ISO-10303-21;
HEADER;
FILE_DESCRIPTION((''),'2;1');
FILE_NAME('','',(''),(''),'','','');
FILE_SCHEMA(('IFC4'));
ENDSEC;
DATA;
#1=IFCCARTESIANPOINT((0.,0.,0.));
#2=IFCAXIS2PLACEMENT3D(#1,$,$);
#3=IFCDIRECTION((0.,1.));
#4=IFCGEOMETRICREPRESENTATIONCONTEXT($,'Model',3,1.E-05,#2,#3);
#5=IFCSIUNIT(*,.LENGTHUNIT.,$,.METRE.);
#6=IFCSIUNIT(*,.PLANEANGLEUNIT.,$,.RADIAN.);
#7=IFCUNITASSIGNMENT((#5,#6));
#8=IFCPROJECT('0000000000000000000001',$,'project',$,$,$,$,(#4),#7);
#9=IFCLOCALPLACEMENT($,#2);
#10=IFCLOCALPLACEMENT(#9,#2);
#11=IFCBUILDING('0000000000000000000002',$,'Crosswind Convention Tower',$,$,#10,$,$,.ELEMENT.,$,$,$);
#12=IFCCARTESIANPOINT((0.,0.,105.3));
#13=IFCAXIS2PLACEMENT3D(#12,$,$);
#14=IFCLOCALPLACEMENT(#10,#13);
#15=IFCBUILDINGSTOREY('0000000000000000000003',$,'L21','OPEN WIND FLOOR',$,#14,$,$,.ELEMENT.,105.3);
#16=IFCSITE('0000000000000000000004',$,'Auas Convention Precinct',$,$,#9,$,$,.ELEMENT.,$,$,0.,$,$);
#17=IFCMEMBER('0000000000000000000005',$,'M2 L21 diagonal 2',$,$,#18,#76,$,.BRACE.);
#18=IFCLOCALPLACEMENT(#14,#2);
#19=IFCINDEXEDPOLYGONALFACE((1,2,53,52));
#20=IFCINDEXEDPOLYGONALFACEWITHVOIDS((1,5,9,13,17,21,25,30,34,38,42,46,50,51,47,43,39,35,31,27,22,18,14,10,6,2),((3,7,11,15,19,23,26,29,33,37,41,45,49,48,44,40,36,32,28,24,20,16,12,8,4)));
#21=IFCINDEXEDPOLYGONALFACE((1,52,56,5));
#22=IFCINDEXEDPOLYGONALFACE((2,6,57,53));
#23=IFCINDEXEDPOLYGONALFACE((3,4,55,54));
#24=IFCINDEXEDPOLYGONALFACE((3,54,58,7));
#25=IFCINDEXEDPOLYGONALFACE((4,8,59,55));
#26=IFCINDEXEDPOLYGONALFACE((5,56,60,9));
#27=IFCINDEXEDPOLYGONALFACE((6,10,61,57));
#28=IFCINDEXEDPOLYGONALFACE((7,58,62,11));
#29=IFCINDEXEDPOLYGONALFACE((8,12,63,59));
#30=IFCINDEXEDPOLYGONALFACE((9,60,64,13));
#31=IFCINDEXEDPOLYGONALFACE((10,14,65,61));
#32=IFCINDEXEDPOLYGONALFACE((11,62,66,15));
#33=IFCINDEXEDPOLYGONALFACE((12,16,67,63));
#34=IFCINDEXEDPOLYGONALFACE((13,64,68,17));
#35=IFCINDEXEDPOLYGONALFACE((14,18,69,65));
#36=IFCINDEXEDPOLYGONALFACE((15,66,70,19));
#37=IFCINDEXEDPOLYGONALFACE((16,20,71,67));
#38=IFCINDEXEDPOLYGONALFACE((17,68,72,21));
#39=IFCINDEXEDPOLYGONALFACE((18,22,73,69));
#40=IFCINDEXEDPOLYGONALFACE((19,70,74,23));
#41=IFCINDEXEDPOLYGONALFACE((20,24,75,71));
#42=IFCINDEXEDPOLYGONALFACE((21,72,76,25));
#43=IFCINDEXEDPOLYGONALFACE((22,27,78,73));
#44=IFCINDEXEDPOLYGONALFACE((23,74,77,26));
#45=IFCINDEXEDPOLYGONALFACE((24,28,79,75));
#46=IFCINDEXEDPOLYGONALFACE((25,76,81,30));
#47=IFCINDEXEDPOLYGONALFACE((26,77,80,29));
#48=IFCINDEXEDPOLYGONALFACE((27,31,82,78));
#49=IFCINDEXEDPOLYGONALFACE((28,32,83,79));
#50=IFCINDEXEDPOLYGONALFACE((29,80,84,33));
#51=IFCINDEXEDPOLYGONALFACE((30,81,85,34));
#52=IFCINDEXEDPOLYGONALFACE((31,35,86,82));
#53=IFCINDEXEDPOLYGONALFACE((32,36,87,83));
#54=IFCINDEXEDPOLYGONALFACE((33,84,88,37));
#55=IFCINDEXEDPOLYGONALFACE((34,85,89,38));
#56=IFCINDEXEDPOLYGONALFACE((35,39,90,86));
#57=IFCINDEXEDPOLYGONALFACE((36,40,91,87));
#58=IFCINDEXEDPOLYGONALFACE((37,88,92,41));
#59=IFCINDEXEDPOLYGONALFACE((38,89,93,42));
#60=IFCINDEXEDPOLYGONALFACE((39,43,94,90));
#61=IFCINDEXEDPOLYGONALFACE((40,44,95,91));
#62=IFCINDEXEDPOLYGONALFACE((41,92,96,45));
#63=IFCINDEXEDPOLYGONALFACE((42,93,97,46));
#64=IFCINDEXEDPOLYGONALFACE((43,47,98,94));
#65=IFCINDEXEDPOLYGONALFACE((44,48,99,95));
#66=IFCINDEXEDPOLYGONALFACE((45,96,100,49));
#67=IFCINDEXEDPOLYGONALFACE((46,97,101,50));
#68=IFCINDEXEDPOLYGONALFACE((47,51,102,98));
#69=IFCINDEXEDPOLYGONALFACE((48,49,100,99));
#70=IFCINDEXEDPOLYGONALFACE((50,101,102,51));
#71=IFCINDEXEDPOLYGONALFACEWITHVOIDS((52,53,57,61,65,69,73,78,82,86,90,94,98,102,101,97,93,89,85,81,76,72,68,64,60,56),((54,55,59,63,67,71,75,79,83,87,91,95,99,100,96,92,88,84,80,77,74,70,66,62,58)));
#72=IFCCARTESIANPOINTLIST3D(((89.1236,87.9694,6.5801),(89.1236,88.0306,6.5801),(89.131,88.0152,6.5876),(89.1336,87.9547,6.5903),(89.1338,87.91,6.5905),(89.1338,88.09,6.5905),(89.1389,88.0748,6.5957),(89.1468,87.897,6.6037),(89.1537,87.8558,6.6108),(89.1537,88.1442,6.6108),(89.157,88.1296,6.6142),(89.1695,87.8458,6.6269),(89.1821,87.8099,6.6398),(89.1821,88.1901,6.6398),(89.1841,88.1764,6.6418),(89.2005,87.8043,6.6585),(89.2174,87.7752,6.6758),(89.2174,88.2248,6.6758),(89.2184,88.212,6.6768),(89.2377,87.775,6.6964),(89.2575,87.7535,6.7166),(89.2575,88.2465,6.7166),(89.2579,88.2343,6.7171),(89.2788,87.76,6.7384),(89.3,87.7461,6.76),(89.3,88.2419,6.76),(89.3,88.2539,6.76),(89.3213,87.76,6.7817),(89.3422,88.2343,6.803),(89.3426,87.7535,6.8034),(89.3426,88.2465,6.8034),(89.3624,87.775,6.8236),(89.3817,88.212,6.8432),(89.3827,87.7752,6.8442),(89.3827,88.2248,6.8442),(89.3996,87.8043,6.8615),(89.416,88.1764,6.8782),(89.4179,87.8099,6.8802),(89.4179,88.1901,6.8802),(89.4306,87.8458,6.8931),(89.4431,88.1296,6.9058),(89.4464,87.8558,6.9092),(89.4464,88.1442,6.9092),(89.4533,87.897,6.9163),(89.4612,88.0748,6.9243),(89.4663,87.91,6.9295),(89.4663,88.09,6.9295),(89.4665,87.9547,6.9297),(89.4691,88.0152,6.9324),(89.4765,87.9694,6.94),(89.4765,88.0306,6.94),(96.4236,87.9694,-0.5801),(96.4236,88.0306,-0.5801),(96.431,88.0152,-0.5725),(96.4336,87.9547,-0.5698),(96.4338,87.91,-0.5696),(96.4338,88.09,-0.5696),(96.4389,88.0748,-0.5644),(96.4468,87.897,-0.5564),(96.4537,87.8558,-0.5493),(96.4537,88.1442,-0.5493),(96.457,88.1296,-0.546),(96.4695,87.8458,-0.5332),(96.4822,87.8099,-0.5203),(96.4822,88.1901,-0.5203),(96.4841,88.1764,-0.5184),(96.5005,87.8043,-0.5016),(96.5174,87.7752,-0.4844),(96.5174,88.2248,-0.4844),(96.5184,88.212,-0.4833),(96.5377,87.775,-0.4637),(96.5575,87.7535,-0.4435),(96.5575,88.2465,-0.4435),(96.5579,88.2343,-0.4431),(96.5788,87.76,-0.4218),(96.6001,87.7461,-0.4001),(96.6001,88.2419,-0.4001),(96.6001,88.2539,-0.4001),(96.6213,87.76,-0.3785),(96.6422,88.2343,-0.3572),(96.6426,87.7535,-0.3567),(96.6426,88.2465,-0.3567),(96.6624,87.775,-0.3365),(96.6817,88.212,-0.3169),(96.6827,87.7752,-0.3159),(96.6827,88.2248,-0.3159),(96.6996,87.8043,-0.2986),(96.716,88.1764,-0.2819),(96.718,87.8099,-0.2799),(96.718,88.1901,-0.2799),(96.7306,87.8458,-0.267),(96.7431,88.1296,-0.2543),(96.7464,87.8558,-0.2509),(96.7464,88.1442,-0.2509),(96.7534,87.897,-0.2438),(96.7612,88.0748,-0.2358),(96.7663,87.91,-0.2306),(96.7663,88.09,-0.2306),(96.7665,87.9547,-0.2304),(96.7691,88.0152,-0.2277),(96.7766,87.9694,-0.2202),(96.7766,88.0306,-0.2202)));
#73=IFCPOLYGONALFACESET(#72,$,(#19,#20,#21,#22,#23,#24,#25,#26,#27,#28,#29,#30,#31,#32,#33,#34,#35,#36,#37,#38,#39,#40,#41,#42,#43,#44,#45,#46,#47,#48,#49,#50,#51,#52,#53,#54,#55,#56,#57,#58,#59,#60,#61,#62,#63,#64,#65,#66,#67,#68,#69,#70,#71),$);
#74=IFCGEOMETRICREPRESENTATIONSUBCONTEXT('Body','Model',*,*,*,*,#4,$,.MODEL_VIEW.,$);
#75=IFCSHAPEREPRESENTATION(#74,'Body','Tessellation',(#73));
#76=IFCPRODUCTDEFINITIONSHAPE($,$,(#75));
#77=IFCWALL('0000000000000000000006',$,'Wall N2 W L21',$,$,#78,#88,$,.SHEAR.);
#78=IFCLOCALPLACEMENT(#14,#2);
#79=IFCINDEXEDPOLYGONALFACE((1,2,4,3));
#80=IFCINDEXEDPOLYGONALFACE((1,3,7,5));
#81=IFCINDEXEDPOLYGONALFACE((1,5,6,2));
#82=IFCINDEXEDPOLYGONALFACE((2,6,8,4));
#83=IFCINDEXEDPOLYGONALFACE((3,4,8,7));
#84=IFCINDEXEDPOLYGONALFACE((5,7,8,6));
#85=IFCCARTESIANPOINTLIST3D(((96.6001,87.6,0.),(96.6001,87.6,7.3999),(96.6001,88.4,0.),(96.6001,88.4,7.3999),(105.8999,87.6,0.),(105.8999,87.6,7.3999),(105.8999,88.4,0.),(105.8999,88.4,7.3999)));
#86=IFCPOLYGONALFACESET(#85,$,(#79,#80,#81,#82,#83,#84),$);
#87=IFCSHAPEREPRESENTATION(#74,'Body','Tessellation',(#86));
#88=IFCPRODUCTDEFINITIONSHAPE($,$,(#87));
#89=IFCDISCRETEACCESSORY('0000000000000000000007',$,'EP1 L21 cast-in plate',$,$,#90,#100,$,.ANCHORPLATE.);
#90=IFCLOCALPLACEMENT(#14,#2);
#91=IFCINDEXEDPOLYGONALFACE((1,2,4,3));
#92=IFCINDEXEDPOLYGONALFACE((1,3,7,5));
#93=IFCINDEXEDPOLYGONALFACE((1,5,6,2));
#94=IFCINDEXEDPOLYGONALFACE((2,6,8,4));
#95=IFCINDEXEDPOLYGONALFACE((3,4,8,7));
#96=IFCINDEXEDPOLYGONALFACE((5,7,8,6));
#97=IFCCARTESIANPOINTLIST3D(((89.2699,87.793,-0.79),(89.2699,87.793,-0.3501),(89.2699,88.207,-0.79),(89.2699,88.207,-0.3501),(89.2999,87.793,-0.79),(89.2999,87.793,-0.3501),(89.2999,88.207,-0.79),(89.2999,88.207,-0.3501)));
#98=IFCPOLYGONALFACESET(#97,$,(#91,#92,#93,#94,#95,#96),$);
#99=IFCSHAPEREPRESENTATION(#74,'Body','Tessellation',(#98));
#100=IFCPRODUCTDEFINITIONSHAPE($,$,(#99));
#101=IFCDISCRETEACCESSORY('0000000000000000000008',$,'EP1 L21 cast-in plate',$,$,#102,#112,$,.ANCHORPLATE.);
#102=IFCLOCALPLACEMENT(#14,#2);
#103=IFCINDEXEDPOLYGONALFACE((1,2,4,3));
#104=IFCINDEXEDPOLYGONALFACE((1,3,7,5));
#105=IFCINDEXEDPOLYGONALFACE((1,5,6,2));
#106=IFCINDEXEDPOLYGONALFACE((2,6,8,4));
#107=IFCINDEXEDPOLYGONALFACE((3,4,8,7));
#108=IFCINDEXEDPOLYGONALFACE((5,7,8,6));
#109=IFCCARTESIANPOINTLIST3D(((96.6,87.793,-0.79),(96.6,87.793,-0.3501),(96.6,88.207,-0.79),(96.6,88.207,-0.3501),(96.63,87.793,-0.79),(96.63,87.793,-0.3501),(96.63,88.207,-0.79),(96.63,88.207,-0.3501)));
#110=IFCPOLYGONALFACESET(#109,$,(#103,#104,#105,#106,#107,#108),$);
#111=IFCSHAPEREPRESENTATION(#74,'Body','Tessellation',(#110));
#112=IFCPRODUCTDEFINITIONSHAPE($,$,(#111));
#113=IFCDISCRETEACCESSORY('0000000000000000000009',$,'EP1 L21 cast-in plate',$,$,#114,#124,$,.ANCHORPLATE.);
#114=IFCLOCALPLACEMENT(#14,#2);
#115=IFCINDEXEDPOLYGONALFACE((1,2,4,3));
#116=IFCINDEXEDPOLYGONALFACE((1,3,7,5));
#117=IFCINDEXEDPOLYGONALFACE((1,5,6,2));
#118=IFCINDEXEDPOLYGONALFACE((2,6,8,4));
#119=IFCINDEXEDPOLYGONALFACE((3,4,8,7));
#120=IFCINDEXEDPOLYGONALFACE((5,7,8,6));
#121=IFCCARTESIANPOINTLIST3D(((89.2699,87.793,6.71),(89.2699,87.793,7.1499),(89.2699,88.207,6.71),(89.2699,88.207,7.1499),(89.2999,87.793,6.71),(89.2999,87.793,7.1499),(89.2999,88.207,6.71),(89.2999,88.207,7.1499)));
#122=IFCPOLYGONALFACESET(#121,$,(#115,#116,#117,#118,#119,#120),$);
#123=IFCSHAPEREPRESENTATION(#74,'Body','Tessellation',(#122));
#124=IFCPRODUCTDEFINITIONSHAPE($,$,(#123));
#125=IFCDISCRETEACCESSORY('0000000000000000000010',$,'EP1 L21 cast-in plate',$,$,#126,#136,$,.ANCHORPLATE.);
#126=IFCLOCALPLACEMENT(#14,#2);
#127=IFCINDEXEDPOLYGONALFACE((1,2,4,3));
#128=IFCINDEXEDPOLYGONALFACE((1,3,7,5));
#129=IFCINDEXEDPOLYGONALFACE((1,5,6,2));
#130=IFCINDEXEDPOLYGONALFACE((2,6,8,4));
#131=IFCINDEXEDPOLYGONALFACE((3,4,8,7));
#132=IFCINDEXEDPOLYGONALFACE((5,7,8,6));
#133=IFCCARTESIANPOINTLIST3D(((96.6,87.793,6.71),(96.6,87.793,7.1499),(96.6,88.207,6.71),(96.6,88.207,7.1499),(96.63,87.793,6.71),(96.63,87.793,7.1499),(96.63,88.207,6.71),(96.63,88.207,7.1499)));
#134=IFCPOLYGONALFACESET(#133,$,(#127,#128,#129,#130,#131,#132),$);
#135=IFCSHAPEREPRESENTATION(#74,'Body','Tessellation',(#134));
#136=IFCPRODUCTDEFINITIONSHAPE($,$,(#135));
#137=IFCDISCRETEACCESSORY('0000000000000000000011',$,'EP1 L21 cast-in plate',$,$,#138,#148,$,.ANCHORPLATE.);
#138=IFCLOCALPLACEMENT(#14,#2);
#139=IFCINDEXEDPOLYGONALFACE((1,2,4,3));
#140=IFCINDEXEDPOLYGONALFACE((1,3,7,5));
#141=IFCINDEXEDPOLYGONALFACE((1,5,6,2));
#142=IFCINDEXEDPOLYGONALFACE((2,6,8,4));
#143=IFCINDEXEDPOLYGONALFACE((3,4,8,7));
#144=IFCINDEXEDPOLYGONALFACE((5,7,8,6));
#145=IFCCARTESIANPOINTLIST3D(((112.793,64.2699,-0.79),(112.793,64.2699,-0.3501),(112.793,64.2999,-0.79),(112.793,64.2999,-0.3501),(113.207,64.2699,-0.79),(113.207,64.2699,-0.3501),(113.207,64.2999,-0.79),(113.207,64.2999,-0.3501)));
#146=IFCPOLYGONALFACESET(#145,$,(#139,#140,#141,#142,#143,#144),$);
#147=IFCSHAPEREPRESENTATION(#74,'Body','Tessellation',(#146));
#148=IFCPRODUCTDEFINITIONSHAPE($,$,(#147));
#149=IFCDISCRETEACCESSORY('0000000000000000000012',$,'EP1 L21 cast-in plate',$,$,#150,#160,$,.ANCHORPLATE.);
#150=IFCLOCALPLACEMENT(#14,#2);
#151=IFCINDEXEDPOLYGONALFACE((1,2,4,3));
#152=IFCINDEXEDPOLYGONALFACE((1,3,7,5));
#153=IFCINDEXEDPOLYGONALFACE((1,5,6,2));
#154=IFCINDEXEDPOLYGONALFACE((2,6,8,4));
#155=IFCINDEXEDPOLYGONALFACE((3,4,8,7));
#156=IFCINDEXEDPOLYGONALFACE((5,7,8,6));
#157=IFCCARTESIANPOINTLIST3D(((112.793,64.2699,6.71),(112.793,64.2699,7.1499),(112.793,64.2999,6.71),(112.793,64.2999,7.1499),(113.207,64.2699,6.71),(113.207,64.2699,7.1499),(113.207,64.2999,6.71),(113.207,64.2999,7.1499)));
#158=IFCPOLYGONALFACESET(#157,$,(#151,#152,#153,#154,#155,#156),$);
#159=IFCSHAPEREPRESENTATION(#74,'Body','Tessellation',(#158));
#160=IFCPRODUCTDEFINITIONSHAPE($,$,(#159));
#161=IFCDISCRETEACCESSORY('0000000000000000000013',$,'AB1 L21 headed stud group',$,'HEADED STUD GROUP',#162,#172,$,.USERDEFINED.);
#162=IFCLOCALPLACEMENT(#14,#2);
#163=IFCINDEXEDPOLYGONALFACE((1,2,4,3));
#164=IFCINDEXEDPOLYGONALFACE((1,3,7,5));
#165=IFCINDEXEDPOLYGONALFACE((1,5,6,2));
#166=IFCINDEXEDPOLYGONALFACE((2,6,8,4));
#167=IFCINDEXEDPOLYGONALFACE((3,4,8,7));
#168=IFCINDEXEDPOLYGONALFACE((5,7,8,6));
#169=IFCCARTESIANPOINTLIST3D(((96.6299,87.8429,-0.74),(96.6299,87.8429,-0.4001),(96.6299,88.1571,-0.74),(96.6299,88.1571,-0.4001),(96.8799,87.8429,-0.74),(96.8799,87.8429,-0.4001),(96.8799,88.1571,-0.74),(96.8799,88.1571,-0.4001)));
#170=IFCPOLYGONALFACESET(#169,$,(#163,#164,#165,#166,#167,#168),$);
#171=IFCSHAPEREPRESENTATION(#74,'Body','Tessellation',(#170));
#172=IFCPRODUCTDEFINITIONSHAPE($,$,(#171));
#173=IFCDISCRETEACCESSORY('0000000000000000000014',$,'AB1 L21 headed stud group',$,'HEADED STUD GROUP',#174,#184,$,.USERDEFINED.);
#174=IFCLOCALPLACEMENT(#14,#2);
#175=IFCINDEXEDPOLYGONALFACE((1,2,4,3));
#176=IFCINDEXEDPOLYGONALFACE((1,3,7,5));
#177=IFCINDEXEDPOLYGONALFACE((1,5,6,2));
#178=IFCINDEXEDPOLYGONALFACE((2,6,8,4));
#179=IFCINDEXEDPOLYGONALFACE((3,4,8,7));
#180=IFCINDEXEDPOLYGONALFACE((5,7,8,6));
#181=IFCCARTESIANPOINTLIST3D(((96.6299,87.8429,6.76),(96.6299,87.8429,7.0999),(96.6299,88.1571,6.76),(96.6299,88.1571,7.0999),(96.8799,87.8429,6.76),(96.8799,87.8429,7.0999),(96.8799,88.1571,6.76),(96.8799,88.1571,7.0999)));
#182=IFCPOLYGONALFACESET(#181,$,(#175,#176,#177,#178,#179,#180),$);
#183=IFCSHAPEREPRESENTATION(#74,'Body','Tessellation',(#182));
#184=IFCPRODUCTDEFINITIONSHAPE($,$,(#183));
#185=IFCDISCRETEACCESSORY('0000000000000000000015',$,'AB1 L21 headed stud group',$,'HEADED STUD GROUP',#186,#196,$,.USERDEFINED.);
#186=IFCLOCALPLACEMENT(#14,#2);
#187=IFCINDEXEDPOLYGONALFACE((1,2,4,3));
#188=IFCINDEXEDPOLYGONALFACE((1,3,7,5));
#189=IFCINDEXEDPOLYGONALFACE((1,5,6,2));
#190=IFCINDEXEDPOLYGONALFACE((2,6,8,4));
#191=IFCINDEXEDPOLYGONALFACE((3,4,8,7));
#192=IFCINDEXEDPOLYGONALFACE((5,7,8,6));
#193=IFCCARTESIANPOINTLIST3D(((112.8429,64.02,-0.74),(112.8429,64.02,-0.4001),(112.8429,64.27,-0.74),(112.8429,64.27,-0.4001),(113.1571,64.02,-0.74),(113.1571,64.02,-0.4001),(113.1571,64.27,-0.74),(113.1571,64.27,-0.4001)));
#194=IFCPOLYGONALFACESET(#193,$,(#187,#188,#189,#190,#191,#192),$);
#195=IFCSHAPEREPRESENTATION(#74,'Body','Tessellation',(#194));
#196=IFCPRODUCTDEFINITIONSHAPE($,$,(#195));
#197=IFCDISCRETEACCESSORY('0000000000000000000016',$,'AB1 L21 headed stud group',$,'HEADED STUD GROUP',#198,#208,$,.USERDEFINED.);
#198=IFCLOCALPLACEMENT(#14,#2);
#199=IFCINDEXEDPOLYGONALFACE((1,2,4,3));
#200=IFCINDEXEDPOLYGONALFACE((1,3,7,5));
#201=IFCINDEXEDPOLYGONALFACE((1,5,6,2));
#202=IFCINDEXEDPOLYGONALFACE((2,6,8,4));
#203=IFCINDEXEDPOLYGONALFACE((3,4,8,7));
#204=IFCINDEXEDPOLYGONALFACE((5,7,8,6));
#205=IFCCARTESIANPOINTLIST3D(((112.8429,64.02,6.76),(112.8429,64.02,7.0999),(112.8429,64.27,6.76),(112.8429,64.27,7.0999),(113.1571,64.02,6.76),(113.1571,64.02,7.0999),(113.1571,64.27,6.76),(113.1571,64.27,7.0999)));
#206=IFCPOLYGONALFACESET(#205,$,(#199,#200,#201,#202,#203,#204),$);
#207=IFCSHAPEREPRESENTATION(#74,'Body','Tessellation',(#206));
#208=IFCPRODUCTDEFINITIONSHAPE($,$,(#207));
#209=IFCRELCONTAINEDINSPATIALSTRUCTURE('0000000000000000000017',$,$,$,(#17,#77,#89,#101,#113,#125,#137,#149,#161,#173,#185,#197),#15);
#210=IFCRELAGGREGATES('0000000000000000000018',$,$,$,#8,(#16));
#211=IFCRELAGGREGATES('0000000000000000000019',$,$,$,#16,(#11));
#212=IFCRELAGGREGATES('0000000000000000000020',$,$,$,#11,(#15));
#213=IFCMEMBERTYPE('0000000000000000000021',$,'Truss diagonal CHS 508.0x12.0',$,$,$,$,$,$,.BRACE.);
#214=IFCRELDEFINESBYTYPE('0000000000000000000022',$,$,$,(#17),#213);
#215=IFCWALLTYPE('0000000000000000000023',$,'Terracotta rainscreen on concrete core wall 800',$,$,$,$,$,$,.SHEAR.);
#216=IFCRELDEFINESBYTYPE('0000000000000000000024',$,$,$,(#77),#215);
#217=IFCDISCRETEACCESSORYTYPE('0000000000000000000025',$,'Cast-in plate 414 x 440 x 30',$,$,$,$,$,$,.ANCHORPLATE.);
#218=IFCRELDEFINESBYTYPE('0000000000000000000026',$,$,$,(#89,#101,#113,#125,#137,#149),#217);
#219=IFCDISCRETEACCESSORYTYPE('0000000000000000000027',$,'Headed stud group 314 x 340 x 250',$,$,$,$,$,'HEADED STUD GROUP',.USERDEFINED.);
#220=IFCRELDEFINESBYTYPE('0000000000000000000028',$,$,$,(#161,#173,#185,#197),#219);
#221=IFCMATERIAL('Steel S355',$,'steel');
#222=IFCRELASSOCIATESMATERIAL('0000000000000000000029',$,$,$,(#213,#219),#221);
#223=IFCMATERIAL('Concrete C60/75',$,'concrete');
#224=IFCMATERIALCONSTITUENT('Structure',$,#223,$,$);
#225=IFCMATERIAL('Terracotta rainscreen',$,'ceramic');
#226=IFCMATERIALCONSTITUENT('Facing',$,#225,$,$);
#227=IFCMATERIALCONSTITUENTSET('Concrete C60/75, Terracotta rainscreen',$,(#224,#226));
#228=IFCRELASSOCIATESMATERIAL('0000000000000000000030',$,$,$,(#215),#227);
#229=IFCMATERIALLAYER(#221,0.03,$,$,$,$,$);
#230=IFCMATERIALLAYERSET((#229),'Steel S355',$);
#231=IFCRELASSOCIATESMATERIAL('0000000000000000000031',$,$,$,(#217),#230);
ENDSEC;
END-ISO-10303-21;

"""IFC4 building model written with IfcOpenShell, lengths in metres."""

from ifc_helpers import new_model, si_unit, direction, frame, frame_2d, origin, origin_2d, place, context, subcontext, project, spatial, rectangle, hollow_circle, extrude, material, layer, layer_set, constituent, constituent_set, material_profile, profile_set, type_object, element, save


model = new_model("IFC4")

# Units and contexts
model_context = context("Model", 3, precision=1e-05, world=origin(), true_north=direction((0.0, 1.0)))
body_context = subcontext(model_context, "Body", "Model", "MODEL_VIEW")
ifc_project = project(units=[si_unit("LENGTHUNIT", "METRE"), si_unit("PLANEANGLEUNIT", "RADIAN")], contexts=[model_context])

# Site, building, storey
site_placement = place(None, origin())
site = spatial("IfcSite", under=ifc_project, at=site_placement, Name="Auas Convention Precinct", CompositionType="ELEMENT", RefElevation=0.0)
building_placement = place(site_placement, origin())
building = spatial("IfcBuilding", under=site, at=building_placement, Name="Crosswind Convention Tower", CompositionType="ELEMENT")
storey_placement = place(building_placement, frame((0.0, 0.0, 105.3)))
storey = spatial("IfcBuildingStorey", under=building, at=storey_placement, Name="L21", Description="OPEN WIND FLOOR", CompositionType="ELEMENT", Elevation=105.3)

# Shared definitions
ifc_material_1 = material(Name="Concrete C60/75", Category="concrete")

# Member
ifc_material_2 = material(Name="Steel S355", Category="steel")
ifc_material_profile_1 = material_profile(ifc_material_2, hollow_circle(Radius=0.2539, WallThickness=0.012, at=origin_2d()), Name="CHS 508.0x12.0")
ifc_profile_set_1 = profile_set([ifc_material_profile_1], Name="Steel S355")
member_type_1 = type_object("IfcMemberType", Name="Truss diagonal CHS 508.0x12.0", PredefinedType="BRACE", material=ifc_profile_set_1)
member_1_placement = place(storey_placement, frame((89.3, 88.0, 6.76), z_axis=(0.713914, 0.0, -0.700233), x_axis=(0.0, 1.0, 0.0)))
element("IfcMember", 1, at=member_1_placement, inside=storey, type_object=member_type_1, Name="M2 L21 diagonal 2", PredefinedType="BRACE", context=body_context, shape_type="SweptSolid", body=[
    extrude(hollow_circle(Radius=0.2539, WallThickness=0.012, at=origin_2d()), origin(), (0.0, 0.0, 1.0), 10.2253),
])

# Wall
ifc_constituent_1 = constituent(ifc_material_1, Name="Structure")
ifc_material_3 = material(Name="Terracotta rainscreen", Category="ceramic")
ifc_constituent_2 = constituent(ifc_material_3, Name="Facing")
ifc_constituent_set = constituent_set(constituents=[ifc_constituent_1, ifc_constituent_2], Name="Concrete C60/75, Terracotta rainscreen")
wall_type = type_object("IfcWallType", Name="Terracotta rainscreen on concrete core wall 800", PredefinedType="SHEAR", material=ifc_constituent_set)
wall_placement = place(storey_placement, frame((105.8999, 88.0, 0.0), z_axis=(0.0, 0.0, 1.0), x_axis=(-1.0, 0.0, 0.0)))
element("IfcWall", 2, at=wall_placement, inside=storey, type_object=wall_type, Name="Wall N2 W L21", PredefinedType="SHEAR", context=body_context, shape_type="SweptSolid", body=[
    extrude(rectangle(XDim=9.2998, YDim=0.8, at=frame_2d((4.6499, 0.0))), origin(), (0.0, 0.0, 1.0), 7.3999),
])

# Discrete accessories
ifc_layer = layer(ifc_material_2, 0.03)
ifc_layer_set = layer_set([ifc_layer], Name="Steel S355")
discrete_accessory_type_1 = type_object("IfcDiscreteAccessoryType", Name="Cast-in plate 414 x 440 x 30", PredefinedType="ANCHORPLATE", material=ifc_layer_set)
for number, where, z_axis, x_axis, name in (
    (3, (89.2849, 88.0, -0.79), (0.0, 0.0, 1.0), (1.0, 0.0, 0.0), "EP1 L21 cast-in plate"),
    (4, (96.615, 88.0, -0.79), (0.0, 0.0, 1.0), (1.0, 0.0, 0.0), "EP1 L21 cast-in plate"),
    (5, (89.2849, 88.0, 6.71), (0.0, 0.0, 1.0), (1.0, 0.0, 0.0), "EP1 L21 cast-in plate"),
    (6, (96.615, 88.0, 6.71), (0.0, 0.0, 1.0), (1.0, 0.0, 0.0), "EP1 L21 cast-in plate"),
):
    element("IfcDiscreteAccessory", number, at=place(storey_placement, frame(where, z_axis=z_axis, x_axis=x_axis)), inside=storey, type_object=discrete_accessory_type_1, Name=name, PredefinedType="ANCHORPLATE", context=body_context, shape_type="SweptSolid", body=[
        extrude(rectangle(XDim=0.03, YDim=0.4141, at=origin_2d()), origin(), (0.0, 0.0, 1.0), 0.4399),
    ])
for number, where, z_axis, x_axis, name in (
    (7, (113.0, 64.2849, -0.79), (0.0, 0.0, 1.0), (1.0, 0.0, 0.0), "EP1 L21 cast-in plate"),
    (8, (113.0, 64.2849, 6.71), (0.0, 0.0, 1.0), (1.0, 0.0, 0.0), "EP1 L21 cast-in plate"),
):
    element("IfcDiscreteAccessory", number, at=place(storey_placement, frame(where, z_axis=z_axis, x_axis=x_axis)), inside=storey, type_object=discrete_accessory_type_1, Name=name, PredefinedType="ANCHORPLATE", context=body_context, shape_type="SweptSolid", body=[
        extrude(rectangle(XDim=0.4141, YDim=0.03, at=origin_2d()), origin(), (0.0, 0.0, 1.0), 0.4399),
    ])
discrete_accessory_type_2 = type_object("IfcDiscreteAccessoryType", Name="Headed stud group 314 x 340 x 250", ElementType="HEADED STUD GROUP", PredefinedType="USERDEFINED", material=ifc_material_2)
for number, where, z_axis, x_axis, name in (
    (9, (96.7549, 88.0, -0.74), (0.0, 0.0, 1.0), (1.0, 0.0, 0.0), "AB1 L21 headed stud group"),
    (10, (96.7549, 88.0, 6.76), (0.0, 0.0, 1.0), (1.0, 0.0, 0.0), "AB1 L21 headed stud group"),
):
    element("IfcDiscreteAccessory", number, at=place(storey_placement, frame(where, z_axis=z_axis, x_axis=x_axis)), inside=storey, type_object=discrete_accessory_type_2, Name=name, ObjectType="HEADED STUD GROUP", PredefinedType="USERDEFINED", context=body_context, shape_type="SweptSolid", body=[
        extrude(rectangle(XDim=0.25, YDim=0.3142, at=origin_2d()), origin(), (0.0, 0.0, 1.0), 0.3398),
    ])
for number, where, z_axis, x_axis, name in (
    (11, (113.0, 64.145, -0.74), (0.0, 0.0, 1.0), (1.0, 0.0, 0.0), "AB1 L21 headed stud group"),
    (12, (113.0, 64.145, 6.76), (0.0, 0.0, 1.0), (1.0, 0.0, 0.0), "AB1 L21 headed stud group"),
):
    element("IfcDiscreteAccessory", number, at=place(storey_placement, frame(where, z_axis=z_axis, x_axis=x_axis)), inside=storey, type_object=discrete_accessory_type_2, Name=name, ObjectType="HEADED STUD GROUP", PredefinedType="USERDEFINED", context=body_context, shape_type="SweptSolid", body=[
        extrude(rectangle(XDim=0.3142, YDim=0.25, at=origin_2d()), origin(), (0.0, 0.0, 1.0), 0.3398),
    ])

save(model, "model.ifc")
